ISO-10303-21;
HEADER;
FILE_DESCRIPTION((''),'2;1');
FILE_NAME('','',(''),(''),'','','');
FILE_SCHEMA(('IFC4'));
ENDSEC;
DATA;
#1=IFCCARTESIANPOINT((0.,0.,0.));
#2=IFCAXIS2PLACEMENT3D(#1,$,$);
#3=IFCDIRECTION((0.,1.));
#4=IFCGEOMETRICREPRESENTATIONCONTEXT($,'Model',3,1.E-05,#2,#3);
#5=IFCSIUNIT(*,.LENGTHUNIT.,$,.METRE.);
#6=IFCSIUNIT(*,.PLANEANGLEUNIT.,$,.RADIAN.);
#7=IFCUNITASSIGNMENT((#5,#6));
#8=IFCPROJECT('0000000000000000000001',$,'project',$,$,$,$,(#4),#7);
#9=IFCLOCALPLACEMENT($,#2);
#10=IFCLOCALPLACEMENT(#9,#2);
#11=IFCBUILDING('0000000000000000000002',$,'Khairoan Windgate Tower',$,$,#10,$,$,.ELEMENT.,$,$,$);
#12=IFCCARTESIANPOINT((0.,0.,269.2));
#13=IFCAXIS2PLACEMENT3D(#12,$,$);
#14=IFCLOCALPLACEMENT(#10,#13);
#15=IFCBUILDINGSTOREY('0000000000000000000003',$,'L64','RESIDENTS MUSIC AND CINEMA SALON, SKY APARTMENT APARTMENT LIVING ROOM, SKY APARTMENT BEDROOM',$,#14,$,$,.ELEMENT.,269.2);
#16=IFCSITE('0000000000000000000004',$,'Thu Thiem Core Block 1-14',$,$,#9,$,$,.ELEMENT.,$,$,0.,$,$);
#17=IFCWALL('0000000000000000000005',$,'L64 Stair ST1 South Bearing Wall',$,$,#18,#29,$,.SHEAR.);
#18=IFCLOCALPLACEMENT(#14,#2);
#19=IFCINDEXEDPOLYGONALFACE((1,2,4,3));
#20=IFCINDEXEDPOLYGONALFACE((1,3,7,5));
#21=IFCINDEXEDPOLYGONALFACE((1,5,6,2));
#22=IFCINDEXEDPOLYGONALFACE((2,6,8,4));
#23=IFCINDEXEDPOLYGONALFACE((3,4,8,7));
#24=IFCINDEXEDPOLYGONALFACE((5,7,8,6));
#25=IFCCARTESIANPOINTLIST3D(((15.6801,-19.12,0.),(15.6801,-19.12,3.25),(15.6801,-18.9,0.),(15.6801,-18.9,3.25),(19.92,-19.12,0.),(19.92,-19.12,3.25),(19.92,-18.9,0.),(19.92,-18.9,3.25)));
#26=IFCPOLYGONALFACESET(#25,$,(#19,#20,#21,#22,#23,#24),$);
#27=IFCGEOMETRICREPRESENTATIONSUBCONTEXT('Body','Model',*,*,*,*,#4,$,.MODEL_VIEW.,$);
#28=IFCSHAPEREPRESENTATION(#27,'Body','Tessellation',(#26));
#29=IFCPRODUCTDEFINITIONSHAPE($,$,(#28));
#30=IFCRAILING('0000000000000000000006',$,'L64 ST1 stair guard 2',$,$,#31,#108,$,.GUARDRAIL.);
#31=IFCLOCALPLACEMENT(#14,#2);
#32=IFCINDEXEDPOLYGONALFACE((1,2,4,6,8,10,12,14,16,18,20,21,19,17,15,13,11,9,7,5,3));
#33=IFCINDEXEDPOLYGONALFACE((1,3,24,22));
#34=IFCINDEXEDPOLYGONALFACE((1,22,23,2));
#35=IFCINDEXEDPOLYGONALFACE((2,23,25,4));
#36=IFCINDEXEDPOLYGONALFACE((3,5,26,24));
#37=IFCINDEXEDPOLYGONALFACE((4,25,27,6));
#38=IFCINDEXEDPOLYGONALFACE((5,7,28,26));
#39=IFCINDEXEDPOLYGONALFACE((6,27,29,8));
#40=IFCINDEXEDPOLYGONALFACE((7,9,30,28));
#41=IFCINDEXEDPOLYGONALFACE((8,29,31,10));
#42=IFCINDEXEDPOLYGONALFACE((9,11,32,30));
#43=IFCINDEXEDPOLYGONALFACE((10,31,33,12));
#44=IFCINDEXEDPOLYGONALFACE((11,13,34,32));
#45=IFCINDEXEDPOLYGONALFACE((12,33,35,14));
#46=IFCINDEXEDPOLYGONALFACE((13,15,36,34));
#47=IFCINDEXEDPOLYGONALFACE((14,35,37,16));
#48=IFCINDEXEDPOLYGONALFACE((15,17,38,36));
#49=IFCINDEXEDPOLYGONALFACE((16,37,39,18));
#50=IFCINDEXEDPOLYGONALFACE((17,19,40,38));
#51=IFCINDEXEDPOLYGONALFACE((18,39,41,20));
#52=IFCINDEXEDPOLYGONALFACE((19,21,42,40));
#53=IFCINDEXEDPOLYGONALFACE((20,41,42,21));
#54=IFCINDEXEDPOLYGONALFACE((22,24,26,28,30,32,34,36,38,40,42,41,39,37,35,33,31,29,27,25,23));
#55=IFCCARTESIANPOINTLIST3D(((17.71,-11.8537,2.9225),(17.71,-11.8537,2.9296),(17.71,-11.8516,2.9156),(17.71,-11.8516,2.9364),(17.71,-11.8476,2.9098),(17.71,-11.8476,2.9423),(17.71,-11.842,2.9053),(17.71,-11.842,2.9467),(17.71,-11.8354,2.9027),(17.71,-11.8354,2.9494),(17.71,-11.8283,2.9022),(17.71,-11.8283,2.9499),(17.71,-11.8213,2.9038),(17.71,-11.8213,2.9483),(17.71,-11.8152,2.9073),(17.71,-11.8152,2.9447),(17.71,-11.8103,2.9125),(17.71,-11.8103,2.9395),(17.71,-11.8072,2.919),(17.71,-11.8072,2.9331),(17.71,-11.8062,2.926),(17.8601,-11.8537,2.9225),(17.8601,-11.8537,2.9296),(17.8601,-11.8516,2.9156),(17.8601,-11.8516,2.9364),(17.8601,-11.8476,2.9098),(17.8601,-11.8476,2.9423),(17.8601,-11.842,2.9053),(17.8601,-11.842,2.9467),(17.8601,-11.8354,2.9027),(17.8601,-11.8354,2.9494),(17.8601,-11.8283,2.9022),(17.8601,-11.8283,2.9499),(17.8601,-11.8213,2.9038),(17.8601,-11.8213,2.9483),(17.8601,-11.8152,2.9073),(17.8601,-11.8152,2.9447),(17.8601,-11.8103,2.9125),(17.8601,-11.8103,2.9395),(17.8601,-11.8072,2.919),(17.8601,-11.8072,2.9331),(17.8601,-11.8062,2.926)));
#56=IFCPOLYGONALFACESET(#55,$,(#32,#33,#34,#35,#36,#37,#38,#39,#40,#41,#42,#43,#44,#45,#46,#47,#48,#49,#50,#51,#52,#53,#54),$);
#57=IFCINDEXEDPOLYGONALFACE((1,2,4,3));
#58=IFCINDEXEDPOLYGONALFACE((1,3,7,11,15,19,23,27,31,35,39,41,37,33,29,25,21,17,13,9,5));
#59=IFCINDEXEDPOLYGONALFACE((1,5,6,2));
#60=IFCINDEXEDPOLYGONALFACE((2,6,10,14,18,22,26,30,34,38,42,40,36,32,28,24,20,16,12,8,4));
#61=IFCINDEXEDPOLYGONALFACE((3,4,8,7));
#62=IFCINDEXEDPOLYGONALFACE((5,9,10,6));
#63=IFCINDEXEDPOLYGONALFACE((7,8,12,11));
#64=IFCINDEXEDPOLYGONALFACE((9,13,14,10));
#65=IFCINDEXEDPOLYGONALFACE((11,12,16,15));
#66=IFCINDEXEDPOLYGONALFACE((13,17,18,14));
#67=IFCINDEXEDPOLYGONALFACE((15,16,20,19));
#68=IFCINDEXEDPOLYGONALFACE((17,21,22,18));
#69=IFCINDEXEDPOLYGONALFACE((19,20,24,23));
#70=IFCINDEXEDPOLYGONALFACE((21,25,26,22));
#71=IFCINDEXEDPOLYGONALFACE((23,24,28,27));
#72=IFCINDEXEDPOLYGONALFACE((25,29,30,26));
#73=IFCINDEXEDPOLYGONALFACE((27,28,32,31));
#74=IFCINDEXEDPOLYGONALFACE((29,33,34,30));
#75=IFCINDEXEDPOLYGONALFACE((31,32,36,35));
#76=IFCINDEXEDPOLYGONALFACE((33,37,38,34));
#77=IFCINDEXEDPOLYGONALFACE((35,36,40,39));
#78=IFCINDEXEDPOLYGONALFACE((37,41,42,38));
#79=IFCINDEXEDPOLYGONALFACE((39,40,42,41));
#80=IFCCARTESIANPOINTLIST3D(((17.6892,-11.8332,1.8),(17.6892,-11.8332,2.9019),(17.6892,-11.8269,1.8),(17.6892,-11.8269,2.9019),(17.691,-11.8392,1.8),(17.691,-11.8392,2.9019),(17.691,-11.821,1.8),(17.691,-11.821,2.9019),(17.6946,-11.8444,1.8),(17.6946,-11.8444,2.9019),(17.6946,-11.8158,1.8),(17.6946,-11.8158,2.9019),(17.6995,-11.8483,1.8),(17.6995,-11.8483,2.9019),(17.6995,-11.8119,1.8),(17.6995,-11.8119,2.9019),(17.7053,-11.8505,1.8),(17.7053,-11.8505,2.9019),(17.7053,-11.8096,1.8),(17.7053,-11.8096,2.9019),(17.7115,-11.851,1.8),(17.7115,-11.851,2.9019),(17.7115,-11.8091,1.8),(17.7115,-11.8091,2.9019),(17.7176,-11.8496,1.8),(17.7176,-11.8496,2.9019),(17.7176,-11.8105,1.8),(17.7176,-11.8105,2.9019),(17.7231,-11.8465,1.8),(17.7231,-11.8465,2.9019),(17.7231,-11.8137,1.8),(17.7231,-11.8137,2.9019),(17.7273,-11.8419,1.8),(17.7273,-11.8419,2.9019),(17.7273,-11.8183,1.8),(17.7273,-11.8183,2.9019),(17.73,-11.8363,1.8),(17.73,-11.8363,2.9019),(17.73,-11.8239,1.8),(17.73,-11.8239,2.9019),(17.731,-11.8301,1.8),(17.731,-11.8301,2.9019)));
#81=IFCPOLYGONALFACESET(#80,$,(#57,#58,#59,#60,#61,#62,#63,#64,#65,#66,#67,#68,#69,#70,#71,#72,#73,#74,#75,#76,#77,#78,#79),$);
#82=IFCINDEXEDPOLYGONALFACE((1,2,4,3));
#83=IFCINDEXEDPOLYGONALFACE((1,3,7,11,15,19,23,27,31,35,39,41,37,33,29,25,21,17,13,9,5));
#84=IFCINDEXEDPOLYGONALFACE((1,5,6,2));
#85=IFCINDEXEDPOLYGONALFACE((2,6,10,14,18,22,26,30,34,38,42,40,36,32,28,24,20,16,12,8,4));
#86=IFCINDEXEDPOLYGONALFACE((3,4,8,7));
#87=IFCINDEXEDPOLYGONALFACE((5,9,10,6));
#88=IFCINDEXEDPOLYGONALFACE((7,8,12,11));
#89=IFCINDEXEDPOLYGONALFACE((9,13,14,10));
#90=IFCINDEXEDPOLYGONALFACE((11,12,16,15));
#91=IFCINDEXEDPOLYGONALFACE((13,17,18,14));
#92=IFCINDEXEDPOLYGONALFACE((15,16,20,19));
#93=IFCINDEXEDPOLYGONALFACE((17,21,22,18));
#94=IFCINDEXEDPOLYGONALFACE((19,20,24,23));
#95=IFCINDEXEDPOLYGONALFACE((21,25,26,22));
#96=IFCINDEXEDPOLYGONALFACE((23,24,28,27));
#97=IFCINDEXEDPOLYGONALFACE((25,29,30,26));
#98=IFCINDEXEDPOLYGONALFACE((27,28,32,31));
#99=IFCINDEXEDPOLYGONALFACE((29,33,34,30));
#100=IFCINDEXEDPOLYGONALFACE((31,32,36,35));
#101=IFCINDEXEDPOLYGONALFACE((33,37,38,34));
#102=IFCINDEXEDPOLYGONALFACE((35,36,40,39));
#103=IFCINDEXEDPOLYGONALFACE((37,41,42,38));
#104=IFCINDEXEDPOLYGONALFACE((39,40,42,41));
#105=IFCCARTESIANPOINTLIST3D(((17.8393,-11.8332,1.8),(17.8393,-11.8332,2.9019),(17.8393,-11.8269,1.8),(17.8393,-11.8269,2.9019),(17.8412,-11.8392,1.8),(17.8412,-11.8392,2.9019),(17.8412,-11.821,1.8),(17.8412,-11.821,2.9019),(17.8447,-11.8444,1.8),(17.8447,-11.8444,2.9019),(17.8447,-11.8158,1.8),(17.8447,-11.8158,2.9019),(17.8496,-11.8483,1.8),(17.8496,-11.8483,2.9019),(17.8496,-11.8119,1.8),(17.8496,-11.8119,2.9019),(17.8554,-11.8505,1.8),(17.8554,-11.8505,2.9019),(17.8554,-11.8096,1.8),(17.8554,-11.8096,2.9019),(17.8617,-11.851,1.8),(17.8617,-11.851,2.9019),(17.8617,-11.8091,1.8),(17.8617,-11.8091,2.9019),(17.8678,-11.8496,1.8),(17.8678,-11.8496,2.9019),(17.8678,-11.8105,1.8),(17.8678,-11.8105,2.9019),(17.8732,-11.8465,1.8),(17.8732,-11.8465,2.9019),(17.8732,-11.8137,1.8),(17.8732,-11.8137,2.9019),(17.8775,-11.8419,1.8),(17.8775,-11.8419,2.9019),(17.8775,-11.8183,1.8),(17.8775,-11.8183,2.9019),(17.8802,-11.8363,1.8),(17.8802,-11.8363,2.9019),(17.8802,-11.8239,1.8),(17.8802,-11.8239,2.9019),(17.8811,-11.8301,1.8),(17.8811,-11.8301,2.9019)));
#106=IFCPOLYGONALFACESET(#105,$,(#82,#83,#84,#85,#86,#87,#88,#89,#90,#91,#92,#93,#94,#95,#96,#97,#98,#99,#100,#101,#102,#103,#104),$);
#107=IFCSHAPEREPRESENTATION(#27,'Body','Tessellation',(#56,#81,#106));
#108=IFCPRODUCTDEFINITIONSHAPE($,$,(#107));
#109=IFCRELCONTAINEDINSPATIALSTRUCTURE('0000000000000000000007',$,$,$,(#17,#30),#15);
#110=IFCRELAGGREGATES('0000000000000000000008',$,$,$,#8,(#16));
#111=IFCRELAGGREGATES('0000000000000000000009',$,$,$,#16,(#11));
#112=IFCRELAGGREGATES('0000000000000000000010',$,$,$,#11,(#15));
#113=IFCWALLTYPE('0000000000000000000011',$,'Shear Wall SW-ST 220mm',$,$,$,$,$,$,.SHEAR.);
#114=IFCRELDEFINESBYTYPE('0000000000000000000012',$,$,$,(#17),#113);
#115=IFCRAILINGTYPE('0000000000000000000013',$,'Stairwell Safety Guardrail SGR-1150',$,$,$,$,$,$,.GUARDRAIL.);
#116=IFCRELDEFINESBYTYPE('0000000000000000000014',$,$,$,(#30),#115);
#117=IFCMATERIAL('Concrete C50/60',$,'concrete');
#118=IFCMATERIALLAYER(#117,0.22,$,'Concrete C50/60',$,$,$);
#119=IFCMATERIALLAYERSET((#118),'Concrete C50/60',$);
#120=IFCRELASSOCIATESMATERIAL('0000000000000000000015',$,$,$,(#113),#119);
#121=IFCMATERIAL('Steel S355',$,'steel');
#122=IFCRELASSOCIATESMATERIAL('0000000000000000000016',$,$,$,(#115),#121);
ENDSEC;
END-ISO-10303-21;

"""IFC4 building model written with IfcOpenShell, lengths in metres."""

from ifc_helpers import new_model, si_unit, direction, frame, frame_2d, origin, origin_2d, place, context, subcontext, project, spatial, rectangle, circle, extrude, material, layer, layer_set, type_object, element, save


model = new_model("IFC4")

# Units and contexts
model_context = context("Model", 3, precision=1e-05, world=origin(), true_north=direction((0.0, 1.0)))
body_context = subcontext(model_context, "Body", "Model", "MODEL_VIEW")
ifc_project = project(units=[si_unit("LENGTHUNIT", "METRE"), si_unit("PLANEANGLEUNIT", "RADIAN")], contexts=[model_context])

# Site, building, storey
site_placement = place(None, origin())
site = spatial("IfcSite", under=ifc_project, at=site_placement, Name="Thu Thiem Core Block 1-14", CompositionType="ELEMENT", RefElevation=0.0)
building_placement = place(site_placement, origin())
building = spatial("IfcBuilding", under=site, at=building_placement, Name="Khairoan Windgate Tower", CompositionType="ELEMENT")
storey_placement = place(building_placement, frame((0.0, 0.0, 269.2)))
storey = spatial("IfcBuildingStorey", under=building, at=storey_placement, Name="L64", Description="RESIDENTS MUSIC AND CINEMA SALON, SKY APARTMENT APARTMENT LIVING ROOM, SKY APARTMENT BEDROOM", CompositionType="ELEMENT", Elevation=269.2)

# Wall
ifc_material_1 = material(Name="Concrete C50/60", Category="concrete")
ifc_layer_1 = layer(ifc_material_1, 0.22, Name="Concrete C50/60")
ifc_layer_set_1 = layer_set([ifc_layer_1], Name="Concrete C50/60")
wall_type_1 = type_object("IfcWallType", Name="Shear Wall SW-ST 220mm", PredefinedType="SHEAR", material=ifc_layer_set_1)
wall_1_placement = place(storey_placement, frame((15.6799, -19.01, 0.0), z_axis=(0.0, 0.0, 1.0), x_axis=(1.0, 0.0, 0.0)))
element("IfcWall", 1, at=wall_1_placement, inside=storey, type_object=wall_type_1, Name="L64 Stair ST1 South Bearing Wall", PredefinedType="SHEAR", context=body_context, shape_type="SweptSolid", body=[
    extrude(rectangle(XDim=4.24, YDim=0.22, at=frame_2d((2.1201, 0.0))), origin(), (0.0, 0.0, 1.0), 3.25),
])

# Railing
ifc_material_2 = material(Name="Steel S355", Category="steel")
railing_type = type_object("IfcRailingType", Name="Stairwell Safety Guardrail SGR-1150", PredefinedType="GUARDRAIL", material=ifc_material_2)
railing_1_placement = place(storey_placement, frame((17.71, -11.8301, 1.8)))
element("IfcRailing", 2, at=railing_1_placement, inside=storey, type_object=railing_type, Name="L64 ST1 stair guard 2", PredefinedType="GUARDRAIL", context=body_context, shape_type="SweptSolid", body=[
    extrude(circle(Radius=0.0239, at=origin_2d()), frame((0.0, 0.0, 1.126), z_axis=(1.0, 0.0, 0.0), x_axis=(0.0, 1.0, 0.0)), (0.0, 0.0, 1.0), 0.1501),
    extrude(circle(Radius=0.021, at=origin_2d()), origin(), (0.0, 0.0, 1.0), 1.1018),
    extrude(circle(Radius=0.021, at=origin_2d()), frame((0.1501, 0.0, 0.0)), (0.0, 0.0, 1.0), 1.1018),
])

save(model, "model.ifc")
